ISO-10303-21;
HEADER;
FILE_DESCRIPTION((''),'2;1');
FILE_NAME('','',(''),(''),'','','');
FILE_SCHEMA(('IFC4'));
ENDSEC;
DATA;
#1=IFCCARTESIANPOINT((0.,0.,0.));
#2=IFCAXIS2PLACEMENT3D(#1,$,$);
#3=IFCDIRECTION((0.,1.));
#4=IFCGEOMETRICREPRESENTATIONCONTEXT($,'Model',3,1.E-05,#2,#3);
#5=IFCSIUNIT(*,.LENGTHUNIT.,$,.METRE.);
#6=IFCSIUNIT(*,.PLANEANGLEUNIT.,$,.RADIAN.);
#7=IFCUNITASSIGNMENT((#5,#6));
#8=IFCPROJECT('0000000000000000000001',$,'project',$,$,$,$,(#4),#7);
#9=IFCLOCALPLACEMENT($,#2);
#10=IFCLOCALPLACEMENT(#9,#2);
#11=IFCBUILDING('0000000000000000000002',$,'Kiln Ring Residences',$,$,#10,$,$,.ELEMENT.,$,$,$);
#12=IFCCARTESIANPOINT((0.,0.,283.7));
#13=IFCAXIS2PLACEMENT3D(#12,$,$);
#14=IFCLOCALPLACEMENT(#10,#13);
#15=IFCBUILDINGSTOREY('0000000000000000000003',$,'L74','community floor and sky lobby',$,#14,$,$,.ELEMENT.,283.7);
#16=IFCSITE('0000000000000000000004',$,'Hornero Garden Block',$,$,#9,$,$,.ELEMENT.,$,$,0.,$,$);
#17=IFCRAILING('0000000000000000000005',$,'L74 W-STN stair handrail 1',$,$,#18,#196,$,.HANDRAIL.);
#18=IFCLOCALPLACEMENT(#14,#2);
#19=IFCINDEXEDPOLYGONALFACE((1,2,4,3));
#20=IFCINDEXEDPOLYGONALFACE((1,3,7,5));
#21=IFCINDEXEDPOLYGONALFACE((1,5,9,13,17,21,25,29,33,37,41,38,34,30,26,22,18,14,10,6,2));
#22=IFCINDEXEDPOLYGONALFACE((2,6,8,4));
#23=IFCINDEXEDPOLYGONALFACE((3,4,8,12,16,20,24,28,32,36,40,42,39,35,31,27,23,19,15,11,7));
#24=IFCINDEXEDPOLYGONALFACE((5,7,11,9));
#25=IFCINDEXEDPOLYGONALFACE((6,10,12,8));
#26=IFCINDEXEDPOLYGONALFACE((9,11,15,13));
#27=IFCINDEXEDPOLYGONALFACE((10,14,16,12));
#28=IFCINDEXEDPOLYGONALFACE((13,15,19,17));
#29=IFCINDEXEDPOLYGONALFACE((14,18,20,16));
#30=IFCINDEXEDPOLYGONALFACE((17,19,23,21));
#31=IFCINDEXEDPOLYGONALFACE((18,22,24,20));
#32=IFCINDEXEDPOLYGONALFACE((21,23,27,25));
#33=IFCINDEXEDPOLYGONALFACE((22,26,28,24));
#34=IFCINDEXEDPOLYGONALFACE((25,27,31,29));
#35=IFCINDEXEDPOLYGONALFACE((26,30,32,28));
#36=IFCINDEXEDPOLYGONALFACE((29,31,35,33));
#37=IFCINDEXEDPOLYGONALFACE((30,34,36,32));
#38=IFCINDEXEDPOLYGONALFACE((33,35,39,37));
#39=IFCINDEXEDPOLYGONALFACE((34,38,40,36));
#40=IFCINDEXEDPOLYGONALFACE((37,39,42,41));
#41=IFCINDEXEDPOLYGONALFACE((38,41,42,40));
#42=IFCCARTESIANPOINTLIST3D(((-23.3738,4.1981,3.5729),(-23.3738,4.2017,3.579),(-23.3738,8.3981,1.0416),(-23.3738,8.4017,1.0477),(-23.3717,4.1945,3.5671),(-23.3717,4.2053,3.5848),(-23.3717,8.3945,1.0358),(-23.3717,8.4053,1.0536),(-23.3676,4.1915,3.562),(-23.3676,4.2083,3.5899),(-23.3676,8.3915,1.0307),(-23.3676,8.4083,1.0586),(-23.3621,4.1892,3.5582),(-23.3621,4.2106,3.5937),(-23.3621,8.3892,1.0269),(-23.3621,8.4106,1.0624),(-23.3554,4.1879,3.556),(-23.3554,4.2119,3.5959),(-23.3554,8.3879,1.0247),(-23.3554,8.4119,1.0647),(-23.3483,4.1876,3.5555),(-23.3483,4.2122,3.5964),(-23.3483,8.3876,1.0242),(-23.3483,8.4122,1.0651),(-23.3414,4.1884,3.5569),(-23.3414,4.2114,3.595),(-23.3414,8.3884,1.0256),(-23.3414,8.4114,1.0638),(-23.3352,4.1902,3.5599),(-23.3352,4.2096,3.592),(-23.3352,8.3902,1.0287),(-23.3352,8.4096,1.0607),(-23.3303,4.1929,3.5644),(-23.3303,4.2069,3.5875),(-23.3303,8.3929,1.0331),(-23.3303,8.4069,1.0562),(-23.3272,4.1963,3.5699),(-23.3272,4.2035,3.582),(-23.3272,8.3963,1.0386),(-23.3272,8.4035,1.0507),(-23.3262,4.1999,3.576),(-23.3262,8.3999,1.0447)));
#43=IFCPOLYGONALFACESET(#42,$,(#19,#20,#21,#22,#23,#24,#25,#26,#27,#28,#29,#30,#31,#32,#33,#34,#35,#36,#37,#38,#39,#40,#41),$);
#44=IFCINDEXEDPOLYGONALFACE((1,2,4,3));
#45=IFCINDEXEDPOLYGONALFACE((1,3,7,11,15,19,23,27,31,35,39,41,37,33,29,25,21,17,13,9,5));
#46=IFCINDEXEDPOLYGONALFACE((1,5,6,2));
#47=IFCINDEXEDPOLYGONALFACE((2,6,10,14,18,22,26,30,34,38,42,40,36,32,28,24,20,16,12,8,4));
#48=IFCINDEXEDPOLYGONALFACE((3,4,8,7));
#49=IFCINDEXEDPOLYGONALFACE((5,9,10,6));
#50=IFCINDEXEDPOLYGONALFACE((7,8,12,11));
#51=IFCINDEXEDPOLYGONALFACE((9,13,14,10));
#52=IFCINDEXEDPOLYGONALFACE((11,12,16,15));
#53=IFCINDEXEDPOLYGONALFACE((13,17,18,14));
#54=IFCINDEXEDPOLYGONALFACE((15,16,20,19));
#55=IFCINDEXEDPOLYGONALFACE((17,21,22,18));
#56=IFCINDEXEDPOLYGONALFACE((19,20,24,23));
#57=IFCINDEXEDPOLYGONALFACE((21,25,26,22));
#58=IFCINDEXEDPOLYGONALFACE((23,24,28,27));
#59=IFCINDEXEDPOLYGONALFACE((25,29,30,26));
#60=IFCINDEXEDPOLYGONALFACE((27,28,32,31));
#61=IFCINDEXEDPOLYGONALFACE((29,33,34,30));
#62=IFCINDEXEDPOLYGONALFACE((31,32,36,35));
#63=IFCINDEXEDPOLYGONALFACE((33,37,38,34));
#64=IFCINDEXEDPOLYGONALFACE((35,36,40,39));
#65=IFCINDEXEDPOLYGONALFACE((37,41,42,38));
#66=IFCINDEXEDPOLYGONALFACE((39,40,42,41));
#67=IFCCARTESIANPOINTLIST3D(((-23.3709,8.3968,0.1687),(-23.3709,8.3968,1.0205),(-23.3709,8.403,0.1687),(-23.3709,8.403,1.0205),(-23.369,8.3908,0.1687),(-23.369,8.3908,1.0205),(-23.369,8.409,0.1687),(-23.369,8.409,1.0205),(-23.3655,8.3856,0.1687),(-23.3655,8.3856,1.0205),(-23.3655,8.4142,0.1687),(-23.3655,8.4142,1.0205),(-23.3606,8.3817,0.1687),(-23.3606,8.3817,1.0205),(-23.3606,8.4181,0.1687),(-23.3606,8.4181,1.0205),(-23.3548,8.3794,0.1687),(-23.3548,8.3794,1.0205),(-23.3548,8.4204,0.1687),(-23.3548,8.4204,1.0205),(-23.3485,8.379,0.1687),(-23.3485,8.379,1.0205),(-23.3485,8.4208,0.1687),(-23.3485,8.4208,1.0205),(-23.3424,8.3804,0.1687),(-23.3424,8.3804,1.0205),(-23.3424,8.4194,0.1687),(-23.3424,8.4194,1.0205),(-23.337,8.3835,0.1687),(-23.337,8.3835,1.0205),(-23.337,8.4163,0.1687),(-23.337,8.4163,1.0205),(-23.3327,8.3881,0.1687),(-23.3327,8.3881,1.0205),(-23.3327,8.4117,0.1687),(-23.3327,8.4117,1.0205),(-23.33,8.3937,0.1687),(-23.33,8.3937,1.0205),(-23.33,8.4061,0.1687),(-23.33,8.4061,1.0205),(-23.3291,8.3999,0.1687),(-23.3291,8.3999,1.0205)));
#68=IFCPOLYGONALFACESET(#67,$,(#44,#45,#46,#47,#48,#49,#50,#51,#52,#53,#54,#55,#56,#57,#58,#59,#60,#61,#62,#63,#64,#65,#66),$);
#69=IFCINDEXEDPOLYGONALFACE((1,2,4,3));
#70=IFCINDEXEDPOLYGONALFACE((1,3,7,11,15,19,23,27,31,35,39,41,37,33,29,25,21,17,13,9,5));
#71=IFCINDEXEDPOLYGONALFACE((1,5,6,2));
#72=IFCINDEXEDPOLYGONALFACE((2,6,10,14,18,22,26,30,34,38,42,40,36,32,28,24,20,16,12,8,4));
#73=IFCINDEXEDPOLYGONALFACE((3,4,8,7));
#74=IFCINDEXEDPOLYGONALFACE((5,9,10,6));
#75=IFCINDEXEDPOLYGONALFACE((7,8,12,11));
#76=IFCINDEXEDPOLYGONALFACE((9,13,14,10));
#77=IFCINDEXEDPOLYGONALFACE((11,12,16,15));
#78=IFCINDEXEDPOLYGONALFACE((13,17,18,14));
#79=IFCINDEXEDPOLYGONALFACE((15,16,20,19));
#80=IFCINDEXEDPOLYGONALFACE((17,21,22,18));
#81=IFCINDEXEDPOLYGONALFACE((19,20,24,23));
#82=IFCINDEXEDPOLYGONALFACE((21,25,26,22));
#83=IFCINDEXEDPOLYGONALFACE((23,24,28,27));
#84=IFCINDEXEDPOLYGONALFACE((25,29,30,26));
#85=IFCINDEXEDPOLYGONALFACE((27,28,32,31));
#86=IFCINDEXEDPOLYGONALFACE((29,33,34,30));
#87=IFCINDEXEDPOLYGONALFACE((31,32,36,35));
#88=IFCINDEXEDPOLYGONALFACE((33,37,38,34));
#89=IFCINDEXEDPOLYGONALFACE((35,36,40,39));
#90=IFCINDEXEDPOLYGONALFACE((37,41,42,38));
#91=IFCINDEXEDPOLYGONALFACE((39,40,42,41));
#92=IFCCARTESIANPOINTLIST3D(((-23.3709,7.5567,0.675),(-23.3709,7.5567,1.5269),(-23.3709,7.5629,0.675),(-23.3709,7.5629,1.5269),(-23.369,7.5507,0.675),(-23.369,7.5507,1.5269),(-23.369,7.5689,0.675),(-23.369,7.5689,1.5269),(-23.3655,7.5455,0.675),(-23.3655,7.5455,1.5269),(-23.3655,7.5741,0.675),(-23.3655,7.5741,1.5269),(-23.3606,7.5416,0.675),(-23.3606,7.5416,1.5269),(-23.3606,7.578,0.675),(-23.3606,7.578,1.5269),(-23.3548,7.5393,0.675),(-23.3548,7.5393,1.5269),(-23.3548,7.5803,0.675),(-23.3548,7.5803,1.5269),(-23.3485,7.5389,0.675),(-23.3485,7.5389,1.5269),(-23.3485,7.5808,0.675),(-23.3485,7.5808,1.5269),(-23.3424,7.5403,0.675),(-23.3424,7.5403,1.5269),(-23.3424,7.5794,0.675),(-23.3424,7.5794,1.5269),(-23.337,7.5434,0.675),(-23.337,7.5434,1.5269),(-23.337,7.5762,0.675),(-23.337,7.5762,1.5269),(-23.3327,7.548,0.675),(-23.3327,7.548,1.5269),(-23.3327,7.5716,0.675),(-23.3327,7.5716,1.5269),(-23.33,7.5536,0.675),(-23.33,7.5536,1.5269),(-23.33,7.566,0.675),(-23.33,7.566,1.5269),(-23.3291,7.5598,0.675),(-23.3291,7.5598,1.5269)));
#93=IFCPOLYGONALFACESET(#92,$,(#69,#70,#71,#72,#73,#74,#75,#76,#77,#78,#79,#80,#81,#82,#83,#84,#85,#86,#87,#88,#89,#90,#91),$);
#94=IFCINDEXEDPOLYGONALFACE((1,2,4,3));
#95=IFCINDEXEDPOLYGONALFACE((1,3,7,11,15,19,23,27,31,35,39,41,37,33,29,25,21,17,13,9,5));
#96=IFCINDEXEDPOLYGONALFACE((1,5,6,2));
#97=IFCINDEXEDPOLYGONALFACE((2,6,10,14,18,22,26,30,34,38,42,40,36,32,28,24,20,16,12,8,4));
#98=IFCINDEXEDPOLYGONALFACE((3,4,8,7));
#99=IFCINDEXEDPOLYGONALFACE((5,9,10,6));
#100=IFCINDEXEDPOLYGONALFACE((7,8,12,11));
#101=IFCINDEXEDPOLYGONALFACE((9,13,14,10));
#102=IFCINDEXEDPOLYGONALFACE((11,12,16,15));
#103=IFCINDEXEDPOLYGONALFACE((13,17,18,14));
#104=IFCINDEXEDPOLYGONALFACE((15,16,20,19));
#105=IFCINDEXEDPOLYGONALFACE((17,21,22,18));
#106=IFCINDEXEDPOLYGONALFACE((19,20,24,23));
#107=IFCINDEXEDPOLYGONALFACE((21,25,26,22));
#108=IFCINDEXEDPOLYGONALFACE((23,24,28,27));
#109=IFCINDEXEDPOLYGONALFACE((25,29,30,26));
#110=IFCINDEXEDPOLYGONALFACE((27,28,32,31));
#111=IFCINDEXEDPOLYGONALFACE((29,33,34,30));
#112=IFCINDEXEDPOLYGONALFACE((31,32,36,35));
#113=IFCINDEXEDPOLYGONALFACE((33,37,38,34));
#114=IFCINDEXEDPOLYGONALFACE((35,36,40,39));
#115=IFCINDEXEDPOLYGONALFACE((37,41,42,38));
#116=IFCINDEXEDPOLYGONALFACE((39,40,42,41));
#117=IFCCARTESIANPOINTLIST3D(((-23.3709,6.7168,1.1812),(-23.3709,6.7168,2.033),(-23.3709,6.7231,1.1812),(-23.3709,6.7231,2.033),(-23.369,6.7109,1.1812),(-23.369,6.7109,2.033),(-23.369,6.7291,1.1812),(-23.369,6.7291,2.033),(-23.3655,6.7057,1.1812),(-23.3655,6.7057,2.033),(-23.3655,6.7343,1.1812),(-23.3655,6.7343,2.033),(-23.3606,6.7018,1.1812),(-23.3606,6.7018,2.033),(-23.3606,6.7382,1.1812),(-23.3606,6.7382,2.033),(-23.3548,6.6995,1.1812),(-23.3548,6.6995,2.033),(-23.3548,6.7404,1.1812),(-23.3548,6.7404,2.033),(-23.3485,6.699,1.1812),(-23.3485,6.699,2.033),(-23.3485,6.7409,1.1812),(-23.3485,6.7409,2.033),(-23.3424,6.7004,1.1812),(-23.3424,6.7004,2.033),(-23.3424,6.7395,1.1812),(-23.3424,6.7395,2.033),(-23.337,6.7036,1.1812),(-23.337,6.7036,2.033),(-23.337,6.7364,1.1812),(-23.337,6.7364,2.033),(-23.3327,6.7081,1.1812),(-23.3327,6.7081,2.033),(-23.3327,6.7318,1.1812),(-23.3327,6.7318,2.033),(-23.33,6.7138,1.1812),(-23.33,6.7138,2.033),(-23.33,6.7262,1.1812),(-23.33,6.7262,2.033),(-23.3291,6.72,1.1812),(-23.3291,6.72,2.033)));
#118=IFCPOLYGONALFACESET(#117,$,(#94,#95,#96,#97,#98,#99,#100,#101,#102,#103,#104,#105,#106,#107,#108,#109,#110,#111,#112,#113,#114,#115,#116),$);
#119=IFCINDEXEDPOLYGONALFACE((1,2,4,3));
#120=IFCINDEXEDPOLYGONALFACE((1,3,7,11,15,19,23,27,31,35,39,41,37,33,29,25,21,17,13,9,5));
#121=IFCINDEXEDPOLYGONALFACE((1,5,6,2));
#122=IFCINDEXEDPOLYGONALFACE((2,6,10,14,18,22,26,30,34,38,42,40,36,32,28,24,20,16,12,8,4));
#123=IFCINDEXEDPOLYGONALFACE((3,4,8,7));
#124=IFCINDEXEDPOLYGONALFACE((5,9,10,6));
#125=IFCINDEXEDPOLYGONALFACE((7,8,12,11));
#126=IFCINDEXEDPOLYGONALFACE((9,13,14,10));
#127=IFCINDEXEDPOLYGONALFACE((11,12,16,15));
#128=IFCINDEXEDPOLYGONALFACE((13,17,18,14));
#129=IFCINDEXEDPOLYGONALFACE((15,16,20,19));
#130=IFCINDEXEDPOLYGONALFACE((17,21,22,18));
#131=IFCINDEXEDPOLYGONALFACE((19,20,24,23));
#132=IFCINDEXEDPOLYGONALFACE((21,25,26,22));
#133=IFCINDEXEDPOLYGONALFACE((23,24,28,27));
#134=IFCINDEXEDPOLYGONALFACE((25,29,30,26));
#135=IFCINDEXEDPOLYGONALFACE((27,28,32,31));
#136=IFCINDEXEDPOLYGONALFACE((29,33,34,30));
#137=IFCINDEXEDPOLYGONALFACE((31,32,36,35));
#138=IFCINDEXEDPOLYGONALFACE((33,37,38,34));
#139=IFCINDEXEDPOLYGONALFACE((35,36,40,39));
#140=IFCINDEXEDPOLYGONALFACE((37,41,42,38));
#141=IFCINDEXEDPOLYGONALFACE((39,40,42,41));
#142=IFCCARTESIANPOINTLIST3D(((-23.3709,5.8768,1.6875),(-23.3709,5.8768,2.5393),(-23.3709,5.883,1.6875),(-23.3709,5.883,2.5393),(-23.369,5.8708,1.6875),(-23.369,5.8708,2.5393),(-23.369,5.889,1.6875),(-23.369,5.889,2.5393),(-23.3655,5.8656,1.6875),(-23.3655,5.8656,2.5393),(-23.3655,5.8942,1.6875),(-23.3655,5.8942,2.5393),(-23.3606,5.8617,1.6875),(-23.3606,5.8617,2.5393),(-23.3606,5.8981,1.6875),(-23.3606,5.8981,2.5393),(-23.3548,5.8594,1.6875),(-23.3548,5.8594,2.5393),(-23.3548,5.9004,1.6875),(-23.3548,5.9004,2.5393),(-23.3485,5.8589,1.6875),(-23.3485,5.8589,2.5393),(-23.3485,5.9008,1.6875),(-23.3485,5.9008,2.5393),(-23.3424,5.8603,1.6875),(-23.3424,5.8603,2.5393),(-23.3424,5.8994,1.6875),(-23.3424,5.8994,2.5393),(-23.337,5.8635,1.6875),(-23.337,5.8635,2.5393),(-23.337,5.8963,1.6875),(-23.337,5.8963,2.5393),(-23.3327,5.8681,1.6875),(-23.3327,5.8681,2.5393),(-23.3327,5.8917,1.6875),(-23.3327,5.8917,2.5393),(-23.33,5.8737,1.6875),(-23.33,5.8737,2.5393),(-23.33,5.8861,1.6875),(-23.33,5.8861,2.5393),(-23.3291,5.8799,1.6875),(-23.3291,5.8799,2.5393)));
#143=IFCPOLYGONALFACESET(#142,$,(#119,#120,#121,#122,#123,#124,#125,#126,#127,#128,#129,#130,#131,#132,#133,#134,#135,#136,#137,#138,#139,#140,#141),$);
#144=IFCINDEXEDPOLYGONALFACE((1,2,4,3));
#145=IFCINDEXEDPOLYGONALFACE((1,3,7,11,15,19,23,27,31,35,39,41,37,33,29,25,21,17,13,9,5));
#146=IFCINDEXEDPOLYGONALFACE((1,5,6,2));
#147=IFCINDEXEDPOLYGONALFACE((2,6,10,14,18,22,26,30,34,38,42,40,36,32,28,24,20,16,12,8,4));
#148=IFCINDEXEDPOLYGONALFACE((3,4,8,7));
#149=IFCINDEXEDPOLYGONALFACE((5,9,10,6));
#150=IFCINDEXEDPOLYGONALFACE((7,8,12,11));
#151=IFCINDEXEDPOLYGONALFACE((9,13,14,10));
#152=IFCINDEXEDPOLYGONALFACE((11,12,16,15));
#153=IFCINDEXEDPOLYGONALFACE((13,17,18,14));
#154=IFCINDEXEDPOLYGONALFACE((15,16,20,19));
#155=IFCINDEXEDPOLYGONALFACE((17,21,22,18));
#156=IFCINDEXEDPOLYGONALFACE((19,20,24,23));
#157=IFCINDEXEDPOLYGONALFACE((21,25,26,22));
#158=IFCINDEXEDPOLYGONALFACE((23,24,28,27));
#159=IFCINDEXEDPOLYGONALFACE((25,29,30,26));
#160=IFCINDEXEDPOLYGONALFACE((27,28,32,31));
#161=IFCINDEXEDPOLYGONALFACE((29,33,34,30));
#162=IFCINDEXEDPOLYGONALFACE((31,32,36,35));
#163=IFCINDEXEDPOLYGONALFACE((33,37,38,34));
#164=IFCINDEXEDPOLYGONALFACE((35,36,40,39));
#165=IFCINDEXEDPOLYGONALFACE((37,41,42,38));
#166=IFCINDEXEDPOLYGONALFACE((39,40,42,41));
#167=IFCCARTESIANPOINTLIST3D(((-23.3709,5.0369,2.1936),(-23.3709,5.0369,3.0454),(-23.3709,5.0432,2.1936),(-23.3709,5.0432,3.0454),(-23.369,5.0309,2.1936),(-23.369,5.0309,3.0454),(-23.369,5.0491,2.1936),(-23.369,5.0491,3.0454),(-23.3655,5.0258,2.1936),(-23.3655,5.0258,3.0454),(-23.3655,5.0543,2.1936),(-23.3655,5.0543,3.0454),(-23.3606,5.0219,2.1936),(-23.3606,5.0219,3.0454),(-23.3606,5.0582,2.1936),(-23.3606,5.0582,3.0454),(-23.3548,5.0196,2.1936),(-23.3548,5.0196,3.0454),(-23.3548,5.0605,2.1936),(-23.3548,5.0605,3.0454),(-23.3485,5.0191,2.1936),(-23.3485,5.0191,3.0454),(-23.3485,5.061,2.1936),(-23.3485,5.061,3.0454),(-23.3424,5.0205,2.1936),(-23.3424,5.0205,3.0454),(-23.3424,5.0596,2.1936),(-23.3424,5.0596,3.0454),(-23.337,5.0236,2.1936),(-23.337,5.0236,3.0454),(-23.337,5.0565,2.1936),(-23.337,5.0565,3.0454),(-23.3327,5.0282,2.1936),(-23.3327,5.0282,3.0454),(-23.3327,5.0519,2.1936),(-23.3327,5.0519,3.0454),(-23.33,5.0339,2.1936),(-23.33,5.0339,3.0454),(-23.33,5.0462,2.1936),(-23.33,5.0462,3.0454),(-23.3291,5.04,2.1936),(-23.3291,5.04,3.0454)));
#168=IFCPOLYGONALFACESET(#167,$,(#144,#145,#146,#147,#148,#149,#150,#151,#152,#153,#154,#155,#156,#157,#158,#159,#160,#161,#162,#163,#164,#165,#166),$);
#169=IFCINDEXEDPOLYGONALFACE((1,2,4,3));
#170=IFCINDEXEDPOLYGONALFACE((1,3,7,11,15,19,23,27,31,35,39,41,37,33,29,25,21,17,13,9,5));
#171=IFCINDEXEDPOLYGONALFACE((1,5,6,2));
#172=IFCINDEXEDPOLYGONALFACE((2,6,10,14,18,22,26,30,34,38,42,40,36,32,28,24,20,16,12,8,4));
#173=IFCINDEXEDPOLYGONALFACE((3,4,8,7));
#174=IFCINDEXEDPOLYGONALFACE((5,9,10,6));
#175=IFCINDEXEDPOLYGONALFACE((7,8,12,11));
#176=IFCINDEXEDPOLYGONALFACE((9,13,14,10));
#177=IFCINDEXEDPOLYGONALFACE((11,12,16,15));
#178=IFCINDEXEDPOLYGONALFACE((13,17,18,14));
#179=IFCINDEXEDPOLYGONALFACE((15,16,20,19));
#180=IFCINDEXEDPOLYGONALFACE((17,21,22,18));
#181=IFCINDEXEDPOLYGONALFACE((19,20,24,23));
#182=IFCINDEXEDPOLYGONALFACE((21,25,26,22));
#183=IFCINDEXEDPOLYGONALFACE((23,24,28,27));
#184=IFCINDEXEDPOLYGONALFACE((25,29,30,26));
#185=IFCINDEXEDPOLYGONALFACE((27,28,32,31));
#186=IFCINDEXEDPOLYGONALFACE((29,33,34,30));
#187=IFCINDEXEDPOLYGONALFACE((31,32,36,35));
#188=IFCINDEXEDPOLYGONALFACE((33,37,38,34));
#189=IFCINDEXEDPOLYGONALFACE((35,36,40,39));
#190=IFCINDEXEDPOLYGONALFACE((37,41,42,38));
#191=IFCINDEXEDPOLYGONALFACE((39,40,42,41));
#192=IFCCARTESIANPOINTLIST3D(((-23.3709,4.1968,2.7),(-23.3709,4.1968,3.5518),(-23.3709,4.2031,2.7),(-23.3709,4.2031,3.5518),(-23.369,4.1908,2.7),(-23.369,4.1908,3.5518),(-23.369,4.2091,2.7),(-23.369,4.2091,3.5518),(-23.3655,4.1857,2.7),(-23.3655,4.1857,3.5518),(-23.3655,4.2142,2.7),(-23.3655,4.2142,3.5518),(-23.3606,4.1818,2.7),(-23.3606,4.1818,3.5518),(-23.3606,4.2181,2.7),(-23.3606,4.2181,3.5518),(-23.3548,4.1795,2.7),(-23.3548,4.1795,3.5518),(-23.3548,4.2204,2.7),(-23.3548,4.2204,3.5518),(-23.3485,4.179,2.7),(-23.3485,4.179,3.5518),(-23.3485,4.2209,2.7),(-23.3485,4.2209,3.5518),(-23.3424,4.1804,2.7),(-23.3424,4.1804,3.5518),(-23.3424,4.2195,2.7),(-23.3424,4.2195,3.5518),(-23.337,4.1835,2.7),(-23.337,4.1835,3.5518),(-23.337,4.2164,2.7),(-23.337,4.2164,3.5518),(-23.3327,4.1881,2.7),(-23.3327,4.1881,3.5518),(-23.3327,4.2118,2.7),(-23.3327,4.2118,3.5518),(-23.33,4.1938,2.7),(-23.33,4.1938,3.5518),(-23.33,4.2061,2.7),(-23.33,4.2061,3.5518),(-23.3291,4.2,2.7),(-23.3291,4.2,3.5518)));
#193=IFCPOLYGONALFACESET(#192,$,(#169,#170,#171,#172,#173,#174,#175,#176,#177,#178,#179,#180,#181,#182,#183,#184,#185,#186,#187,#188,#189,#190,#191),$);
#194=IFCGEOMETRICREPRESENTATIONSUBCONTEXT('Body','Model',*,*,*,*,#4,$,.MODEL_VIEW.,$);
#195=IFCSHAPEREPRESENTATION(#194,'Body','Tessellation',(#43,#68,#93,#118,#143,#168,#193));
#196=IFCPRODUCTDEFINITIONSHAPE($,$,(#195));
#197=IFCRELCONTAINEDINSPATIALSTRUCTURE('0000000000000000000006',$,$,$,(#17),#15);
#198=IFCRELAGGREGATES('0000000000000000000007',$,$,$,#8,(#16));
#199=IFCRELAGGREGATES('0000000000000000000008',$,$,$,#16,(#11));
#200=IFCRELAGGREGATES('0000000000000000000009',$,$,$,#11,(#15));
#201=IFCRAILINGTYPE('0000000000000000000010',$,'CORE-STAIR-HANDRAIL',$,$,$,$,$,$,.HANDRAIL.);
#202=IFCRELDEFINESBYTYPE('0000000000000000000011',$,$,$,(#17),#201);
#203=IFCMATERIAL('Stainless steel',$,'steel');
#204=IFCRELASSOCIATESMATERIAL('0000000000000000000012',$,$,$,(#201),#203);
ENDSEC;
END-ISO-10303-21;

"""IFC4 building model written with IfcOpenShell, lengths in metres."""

from ifc_helpers import new_model, si_unit, direction, frame, origin, origin_2d, place, context, subcontext, project, spatial, circle, extrude, material, type_object, element, save


model = new_model("IFC4")

# Units and contexts
model_context = context("Model", 3, precision=1e-05, world=origin(), true_north=direction((0.0, 1.0)))
body_context = subcontext(model_context, "Body", "Model", "MODEL_VIEW")
ifc_project = project(units=[si_unit("LENGTHUNIT", "METRE"), si_unit("PLANEANGLEUNIT", "RADIAN")], contexts=[model_context])

# Site, building, storey
site_placement = place(None, origin())
site = spatial("IfcSite", under=ifc_project, at=site_placement, Name="Hornero Garden Block", CompositionType="ELEMENT", RefElevation=0.0)
building_placement = place(site_placement, origin())
building = spatial("IfcBuilding", under=site, at=building_placement, Name="Kiln Ring Residences", CompositionType="ELEMENT")
storey_placement = place(building_placement, frame((0.0, 0.0, 283.7)))
storey = spatial("IfcBuildingStorey", under=building, at=storey_placement, Name="L74", Description="community floor and sky lobby", CompositionType="ELEMENT", Elevation=283.7)

# Railing
ifc_material_1 = material(Name="Stainless steel", Category="steel")
railing_type_1 = type_object("IfcRailingType", Name="CORE-STAIR-HANDRAIL", PredefinedType="HANDRAIL", material=ifc_material_1)
railing_1_placement = place(storey_placement, frame((-23.3501, 8.3999, 0.1687)))
element("IfcRailing", 1, at=railing_1_placement, inside=storey, type_object=railing_type_1, Name="L74 W-STN stair handrail 1", PredefinedType="HANDRAIL", context=body_context, shape_type="SweptSolid", body=[
    extrude(circle(Radius=0.0239, at=origin_2d()), frame((0.0, 0.0, 0.876), z_axis=(0.0, -0.856476, 0.516186), x_axis=(1.0, 0.0, 0.0)), (0.0, 0.0, 1.0), 4.9038),
    extrude(circle(Radius=0.021, at=origin_2d()), origin(), (0.0, 0.0, 1.0), 0.8518),
    extrude(circle(Radius=0.021, at=origin_2d()), frame((0.0, -0.8401, 0.5063)), (0.0, 0.0, 1.0), 0.8518),
    extrude(circle(Radius=0.021, at=origin_2d()), frame((0.0, -1.6799, 1.0125)), (0.0, 0.0, 1.0), 0.8518),
    extrude(circle(Radius=0.021, at=origin_2d()), frame((0.0, -2.52, 1.5188)), (0.0, 0.0, 1.0), 0.8518),
    extrude(circle(Radius=0.021, at=origin_2d()), frame((0.0, -3.3599, 2.0249)), (0.0, 0.0, 1.0), 0.8518),
    extrude(circle(Radius=0.021, at=origin_2d()), frame((0.0, -4.2, 2.5312)), (0.0, 0.0, 1.0), 0.8518),
])

save(model, "model.ifc")
